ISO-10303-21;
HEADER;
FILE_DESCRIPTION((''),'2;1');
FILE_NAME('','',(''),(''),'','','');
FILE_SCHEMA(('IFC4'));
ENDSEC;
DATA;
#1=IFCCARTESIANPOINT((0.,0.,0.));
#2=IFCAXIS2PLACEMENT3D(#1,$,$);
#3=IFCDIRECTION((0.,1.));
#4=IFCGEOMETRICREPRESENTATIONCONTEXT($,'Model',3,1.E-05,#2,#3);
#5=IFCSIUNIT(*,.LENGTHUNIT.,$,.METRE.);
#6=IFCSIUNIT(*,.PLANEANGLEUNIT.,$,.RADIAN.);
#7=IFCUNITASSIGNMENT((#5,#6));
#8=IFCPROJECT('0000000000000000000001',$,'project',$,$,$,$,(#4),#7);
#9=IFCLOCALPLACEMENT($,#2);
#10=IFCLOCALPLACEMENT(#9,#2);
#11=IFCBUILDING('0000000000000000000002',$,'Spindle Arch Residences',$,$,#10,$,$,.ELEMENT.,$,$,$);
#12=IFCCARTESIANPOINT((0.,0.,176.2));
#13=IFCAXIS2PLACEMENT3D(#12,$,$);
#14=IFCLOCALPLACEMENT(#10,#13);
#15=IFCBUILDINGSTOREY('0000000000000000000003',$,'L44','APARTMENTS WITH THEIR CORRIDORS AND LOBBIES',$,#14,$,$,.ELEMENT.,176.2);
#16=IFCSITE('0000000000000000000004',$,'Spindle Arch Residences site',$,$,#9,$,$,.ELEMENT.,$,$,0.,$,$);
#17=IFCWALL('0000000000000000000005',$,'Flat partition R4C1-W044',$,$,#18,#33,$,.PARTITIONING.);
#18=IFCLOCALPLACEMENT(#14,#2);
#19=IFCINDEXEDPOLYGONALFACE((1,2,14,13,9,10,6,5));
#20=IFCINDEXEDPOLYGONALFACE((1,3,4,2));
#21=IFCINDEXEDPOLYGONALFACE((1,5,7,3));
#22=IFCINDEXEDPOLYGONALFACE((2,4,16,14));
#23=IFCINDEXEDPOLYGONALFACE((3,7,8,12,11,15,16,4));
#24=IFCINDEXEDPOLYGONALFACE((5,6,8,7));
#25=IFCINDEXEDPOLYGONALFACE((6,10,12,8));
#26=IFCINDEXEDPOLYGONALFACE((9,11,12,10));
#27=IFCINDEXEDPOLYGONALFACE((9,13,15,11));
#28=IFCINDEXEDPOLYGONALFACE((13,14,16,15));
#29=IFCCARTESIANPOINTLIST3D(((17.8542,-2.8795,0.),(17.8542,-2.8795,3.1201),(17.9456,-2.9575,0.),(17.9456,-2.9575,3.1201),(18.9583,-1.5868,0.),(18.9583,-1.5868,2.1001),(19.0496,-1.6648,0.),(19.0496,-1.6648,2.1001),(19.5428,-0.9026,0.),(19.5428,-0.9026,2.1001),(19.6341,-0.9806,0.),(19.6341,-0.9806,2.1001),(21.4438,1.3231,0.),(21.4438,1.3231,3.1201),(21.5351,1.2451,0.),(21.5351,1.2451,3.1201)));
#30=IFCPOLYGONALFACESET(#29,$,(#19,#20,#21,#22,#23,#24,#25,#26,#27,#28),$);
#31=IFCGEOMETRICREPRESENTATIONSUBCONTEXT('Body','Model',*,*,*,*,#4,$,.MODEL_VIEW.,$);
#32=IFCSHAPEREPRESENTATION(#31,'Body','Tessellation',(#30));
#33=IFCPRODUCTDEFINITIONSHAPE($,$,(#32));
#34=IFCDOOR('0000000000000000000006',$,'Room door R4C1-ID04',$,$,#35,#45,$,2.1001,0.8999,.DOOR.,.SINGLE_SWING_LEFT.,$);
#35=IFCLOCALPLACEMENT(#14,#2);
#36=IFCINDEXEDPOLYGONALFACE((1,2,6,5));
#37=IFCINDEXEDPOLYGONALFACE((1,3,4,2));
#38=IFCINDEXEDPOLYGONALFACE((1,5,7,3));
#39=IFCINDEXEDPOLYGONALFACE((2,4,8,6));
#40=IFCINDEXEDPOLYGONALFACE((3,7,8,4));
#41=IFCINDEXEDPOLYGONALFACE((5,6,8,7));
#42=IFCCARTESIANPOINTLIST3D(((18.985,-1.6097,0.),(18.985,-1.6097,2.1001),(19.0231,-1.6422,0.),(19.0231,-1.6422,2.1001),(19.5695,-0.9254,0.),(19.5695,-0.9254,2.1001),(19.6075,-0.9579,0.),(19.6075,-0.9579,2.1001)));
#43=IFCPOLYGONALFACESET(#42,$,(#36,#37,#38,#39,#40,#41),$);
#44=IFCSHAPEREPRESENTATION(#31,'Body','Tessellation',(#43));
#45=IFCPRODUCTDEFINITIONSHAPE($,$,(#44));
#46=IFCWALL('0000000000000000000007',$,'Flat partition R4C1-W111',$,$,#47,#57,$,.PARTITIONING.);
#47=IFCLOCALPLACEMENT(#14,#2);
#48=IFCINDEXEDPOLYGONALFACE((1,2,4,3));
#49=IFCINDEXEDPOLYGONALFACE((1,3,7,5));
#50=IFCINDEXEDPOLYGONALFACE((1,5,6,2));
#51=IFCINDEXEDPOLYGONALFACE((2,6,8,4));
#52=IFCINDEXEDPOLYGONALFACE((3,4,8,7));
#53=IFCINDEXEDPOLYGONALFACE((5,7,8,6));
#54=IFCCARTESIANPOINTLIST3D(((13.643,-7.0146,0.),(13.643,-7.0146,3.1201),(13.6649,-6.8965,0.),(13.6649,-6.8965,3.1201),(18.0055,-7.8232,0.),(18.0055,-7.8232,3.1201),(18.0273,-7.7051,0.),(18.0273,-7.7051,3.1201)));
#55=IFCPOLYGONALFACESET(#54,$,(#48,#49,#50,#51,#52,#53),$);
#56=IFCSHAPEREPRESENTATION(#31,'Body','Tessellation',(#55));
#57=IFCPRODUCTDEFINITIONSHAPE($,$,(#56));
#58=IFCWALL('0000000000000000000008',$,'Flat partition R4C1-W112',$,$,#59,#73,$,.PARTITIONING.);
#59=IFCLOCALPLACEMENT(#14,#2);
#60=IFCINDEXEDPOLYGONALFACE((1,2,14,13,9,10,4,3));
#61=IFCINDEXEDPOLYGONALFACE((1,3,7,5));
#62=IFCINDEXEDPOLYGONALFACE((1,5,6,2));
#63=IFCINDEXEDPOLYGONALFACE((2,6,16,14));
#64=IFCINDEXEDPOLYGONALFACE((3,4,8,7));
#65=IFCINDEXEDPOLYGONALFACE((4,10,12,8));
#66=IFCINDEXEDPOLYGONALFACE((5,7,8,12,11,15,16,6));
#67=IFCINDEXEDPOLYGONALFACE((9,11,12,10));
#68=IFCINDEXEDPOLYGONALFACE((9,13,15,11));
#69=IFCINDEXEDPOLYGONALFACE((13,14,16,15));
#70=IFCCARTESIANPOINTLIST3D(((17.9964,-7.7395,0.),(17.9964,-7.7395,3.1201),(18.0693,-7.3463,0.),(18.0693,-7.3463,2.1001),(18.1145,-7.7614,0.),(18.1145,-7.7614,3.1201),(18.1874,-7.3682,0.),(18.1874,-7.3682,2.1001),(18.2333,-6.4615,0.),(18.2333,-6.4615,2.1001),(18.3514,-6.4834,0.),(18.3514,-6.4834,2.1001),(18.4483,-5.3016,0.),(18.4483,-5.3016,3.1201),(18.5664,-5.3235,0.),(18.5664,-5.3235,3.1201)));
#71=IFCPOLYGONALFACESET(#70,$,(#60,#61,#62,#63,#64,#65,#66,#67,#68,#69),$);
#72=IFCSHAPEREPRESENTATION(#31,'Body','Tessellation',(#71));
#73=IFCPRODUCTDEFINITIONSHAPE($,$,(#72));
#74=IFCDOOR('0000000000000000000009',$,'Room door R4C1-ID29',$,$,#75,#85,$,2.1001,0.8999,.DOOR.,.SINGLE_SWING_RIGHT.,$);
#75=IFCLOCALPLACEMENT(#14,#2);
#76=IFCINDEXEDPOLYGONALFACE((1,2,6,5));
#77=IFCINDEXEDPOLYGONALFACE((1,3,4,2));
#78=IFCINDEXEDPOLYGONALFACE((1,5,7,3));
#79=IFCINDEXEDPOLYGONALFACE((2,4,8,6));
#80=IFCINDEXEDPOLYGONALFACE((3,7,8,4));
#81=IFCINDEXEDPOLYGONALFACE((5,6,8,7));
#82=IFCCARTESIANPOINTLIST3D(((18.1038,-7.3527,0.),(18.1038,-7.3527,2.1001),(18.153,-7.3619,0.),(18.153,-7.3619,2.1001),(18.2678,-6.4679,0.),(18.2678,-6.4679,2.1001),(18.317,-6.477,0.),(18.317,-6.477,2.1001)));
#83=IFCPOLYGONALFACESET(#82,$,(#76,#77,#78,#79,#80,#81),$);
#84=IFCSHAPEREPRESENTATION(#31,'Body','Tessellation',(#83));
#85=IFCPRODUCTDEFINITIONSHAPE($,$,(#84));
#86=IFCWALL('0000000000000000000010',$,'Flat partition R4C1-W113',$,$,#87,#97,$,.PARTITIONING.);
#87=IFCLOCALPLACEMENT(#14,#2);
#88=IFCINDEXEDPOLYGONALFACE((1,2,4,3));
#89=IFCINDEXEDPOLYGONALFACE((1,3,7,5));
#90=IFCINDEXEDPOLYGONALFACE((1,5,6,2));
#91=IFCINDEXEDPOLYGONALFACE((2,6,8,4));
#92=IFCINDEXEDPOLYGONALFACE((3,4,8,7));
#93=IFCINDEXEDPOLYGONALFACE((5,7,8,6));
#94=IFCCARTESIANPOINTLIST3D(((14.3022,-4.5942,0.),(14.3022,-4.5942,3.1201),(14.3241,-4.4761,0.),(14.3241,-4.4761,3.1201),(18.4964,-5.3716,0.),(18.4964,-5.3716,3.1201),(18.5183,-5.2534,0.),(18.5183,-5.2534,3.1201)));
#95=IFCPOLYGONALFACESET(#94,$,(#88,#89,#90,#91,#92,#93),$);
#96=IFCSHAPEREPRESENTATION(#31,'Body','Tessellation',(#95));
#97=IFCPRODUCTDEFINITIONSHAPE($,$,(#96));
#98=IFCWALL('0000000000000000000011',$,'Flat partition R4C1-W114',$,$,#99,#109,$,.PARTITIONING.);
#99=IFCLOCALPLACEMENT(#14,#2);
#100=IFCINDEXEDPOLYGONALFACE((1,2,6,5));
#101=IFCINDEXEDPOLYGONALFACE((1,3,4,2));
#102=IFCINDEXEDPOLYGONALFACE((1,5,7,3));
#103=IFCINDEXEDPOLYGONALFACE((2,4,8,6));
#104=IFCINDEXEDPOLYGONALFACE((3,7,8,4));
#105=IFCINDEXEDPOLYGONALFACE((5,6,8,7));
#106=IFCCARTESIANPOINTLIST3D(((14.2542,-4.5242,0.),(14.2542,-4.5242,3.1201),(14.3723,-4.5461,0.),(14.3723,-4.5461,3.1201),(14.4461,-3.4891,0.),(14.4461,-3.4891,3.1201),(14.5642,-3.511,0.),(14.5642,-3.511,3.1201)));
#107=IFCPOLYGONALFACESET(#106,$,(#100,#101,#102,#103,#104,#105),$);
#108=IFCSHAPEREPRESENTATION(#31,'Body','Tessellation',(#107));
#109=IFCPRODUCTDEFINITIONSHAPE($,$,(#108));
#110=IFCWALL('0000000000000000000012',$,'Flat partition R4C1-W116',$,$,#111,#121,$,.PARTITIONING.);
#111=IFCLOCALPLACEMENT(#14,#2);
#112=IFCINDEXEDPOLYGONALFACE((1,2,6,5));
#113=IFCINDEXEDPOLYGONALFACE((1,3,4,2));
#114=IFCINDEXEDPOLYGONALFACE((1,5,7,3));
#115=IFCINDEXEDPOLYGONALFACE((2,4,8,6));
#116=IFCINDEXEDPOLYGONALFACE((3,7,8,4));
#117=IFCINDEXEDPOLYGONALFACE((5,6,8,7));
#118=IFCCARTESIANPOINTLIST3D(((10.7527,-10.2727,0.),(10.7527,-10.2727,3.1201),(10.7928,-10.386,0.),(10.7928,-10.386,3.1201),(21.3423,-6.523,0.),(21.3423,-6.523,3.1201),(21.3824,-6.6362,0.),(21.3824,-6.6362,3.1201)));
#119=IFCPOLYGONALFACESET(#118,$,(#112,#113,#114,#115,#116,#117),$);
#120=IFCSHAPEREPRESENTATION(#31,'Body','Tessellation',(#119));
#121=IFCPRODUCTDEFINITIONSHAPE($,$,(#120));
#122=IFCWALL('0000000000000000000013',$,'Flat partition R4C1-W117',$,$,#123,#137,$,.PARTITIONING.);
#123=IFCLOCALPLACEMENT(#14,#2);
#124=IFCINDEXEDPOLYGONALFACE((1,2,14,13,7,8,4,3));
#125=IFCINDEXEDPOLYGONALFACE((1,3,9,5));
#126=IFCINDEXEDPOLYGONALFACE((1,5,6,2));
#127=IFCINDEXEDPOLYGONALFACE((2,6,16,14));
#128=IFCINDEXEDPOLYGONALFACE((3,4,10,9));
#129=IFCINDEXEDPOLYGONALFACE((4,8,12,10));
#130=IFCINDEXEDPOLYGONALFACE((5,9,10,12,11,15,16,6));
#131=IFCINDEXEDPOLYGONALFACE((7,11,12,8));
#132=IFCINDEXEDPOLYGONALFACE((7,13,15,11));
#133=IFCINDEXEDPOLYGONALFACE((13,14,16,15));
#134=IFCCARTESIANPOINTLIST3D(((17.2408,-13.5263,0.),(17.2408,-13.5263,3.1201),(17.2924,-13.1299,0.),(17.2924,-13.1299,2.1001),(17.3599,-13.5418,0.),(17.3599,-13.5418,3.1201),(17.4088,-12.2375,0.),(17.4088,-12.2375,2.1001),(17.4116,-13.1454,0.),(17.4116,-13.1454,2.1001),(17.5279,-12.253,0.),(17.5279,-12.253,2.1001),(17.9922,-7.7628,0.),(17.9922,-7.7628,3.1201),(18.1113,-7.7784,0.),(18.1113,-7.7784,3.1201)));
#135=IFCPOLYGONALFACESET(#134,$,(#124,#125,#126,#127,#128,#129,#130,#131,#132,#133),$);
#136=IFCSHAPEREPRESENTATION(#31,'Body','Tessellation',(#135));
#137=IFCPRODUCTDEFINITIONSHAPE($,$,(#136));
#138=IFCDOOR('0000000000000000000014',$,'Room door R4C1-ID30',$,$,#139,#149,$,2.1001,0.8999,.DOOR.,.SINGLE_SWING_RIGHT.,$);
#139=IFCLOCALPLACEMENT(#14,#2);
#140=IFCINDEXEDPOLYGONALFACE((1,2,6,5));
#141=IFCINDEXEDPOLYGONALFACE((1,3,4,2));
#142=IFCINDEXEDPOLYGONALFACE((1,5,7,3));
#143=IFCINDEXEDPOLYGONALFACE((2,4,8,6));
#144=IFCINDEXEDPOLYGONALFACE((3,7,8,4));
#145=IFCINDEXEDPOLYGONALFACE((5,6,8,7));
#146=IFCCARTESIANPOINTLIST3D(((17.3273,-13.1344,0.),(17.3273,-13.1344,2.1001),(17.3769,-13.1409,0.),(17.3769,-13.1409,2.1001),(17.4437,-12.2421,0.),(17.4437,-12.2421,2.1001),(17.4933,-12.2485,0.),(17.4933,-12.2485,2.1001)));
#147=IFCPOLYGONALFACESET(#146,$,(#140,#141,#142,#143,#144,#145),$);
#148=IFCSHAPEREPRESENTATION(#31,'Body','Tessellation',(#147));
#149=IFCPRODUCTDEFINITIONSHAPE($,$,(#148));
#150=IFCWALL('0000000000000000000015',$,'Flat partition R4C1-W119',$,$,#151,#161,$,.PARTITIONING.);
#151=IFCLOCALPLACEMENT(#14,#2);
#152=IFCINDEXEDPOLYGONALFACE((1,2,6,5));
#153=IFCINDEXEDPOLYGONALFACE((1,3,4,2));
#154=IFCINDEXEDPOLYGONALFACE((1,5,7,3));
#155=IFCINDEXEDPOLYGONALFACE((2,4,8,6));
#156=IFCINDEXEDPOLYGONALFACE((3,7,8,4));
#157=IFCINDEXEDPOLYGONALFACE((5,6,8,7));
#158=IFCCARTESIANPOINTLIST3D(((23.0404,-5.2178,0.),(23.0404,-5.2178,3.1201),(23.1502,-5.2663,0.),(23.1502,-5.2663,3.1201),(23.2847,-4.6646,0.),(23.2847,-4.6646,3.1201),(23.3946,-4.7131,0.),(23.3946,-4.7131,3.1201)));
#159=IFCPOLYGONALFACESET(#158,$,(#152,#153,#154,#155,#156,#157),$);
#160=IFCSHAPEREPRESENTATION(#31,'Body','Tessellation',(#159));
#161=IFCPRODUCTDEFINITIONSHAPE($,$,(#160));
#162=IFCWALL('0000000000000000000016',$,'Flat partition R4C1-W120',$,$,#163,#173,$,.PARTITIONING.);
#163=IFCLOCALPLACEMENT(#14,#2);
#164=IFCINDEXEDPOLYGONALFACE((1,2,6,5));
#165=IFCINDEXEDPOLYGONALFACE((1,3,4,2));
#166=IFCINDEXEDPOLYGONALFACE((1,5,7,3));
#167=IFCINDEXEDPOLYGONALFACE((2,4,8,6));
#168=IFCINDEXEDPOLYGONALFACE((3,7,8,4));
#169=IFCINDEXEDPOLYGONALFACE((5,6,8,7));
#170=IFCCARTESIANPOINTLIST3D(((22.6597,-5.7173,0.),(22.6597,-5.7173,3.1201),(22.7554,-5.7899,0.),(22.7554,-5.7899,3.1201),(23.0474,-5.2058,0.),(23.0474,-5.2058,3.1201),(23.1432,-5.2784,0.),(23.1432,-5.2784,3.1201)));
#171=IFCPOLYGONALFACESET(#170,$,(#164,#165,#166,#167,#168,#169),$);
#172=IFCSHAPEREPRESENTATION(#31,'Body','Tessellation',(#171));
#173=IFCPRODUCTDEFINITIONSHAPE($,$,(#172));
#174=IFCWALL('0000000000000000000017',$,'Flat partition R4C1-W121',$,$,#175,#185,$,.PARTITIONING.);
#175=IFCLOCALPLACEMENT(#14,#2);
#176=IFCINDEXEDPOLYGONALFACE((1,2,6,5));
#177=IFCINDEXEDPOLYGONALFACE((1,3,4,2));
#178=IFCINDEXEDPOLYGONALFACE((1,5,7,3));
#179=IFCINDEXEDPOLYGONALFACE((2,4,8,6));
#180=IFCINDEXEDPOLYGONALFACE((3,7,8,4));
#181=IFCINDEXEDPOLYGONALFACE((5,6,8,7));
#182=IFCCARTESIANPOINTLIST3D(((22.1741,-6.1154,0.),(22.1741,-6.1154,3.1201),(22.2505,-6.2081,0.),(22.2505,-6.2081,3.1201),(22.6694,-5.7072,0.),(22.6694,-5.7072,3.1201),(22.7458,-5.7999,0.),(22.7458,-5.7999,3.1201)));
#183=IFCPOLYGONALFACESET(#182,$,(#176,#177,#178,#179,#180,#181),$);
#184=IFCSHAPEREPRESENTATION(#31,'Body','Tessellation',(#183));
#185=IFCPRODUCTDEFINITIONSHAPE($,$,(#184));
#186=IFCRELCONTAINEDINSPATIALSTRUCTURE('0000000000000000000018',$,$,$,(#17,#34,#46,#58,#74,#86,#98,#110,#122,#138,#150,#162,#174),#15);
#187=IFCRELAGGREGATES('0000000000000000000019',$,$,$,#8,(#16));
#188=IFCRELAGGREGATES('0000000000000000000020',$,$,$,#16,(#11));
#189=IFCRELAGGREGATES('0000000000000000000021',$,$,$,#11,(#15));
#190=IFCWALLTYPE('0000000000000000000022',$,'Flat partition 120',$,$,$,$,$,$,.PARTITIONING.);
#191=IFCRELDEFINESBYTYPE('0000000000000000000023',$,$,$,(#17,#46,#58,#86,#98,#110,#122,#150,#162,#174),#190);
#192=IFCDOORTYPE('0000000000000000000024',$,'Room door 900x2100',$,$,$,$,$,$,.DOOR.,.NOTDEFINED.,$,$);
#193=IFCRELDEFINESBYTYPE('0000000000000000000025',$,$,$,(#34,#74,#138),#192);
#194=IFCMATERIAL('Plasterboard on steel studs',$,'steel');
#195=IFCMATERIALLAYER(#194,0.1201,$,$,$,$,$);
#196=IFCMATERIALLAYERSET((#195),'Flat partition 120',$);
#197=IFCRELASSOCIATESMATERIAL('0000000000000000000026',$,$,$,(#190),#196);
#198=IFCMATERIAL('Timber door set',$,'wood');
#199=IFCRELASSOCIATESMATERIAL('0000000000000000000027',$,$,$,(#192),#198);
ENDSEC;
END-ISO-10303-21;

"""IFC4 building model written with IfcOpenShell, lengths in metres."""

from ifc_helpers import new_model, si_unit, direction, frame, frame_2d, origin, place, context, subcontext, project, spatial, rectangle, extrude, material, layer, layer_set, type_object, element, fill, save


model = new_model("IFC4")

# Units and contexts
model_context = context("Model", 3, precision=1e-05, world=origin(), true_north=direction((0.0, 1.0)))
body_context = subcontext(model_context, "Body", "Model", "MODEL_VIEW")
ifc_project = project(units=[si_unit("LENGTHUNIT", "METRE"), si_unit("PLANEANGLEUNIT", "RADIAN")], contexts=[model_context])

# Site, building, storey
site_placement = place(None, origin())
site = spatial("IfcSite", under=ifc_project, at=site_placement, Name="Spindle Arch Residences site", CompositionType="ELEMENT", RefElevation=0.0)
building_placement = place(site_placement, origin())
building = spatial("IfcBuilding", under=site, at=building_placement, Name="Spindle Arch Residences", CompositionType="ELEMENT")
storey_placement = place(building_placement, frame((0.0, 0.0, 176.2)))
storey = spatial("IfcBuildingStorey", under=building, at=storey_placement, Name="L44", Description="APARTMENTS WITH THEIR CORRIDORS AND LOBBIES", CompositionType="ELEMENT", Elevation=176.2)

# Wall, opening, door
ifc_material_1 = material(Name="Plasterboard on steel studs", Category="steel")
ifc_layer_1 = layer(ifc_material_1, 0.1201)
ifc_layer_set_1 = layer_set([ifc_layer_1], Name="Flat partition 120")
wall_type_1 = type_object("IfcWallType", Name="Flat partition 120", PredefinedType="PARTITIONING", material=ifc_layer_set_1)
wall_1_placement = place(storey_placement, frame((17.8999, -2.9185, 0.0), z_axis=(0.0, 0.0, 1.0), x_axis=(0.64947, 0.760387, 0.0)))
wall_1 = element("IfcWall", 1, at=wall_1_placement, inside=storey, type_object=wall_type_1, Name="Flat partition R4C1-W044", PredefinedType="PARTITIONING", context=body_context, shape_type="SweptSolid", body=[
    extrude(rectangle(XDim=5.5269, YDim=0.1201, at=frame_2d((2.7634, 0.0))), origin(), (0.0, 0.0, 1.0), 3.1201),
])
opening_1_placement = place(wall_1_placement, frame((1.7, 0.0, 0.0)))
opening_1 = element("IfcOpeningElement", 2, at=opening_1_placement, cuts=wall_1, PredefinedType="OPENING", context=body_context, shape_type="SweptSolid", body=[
    extrude(rectangle(XDim=0.8999, YDim=2.1001, at=frame_2d((0.45, 1.05))), frame((0.0, 0.0701, 0.0), z_axis=(0.0, -1.0, 0.0), x_axis=(1.0, 0.0, 0.0)), (0.0, 0.0, 1.0), 0.1401),
])
ifc_material_2 = material(Name="Timber door set", Category="wood")
door_type = type_object("IfcDoorType", Name="Room door 900x2100", OperationType="NOTDEFINED", PredefinedType="DOOR", material=ifc_material_2)
door_1_placement = place(opening_1_placement, origin())
door_1 = element("IfcDoor", 3, at=door_1_placement, inside=storey, type_object=door_type, Name="Room door R4C1-ID04", OperationType="SINGLE_SWING_LEFT", OverallHeight=2.1001, OverallWidth=0.8999, PredefinedType="DOOR", context=body_context, shape_type="SweptSolid", body=[
    extrude(rectangle(XDim=0.8999, YDim=2.1001, at=frame_2d((0.45, 1.05))), frame((0.0, 0.0249, 0.0), z_axis=(0.0, -1.0, 0.0), x_axis=(1.0, 0.0, 0.0)), (0.0, 0.0, 1.0), 0.05),
])
fill(opening_1, door_1)

# Wall
wall_2_placement = place(storey_placement, frame((13.6541, -6.9556, 0.0), z_axis=(0.0, 0.0, 1.0), x_axis=(0.983253, -0.182245, 0.0)))
element("IfcWall", 4, at=wall_2_placement, inside=storey, type_object=wall_type_1, Name="Flat partition R4C1-W111", PredefinedType="PARTITIONING", context=body_context, shape_type="SweptSolid", body=[
    extrude(rectangle(XDim=4.4368, YDim=0.1201, at=frame_2d((2.2183, 0.0))), origin(), (0.0, 0.0, 1.0), 3.1201),
])

# Wall, opening, door
wall_3_placement = place(storey_placement, frame((18.0554, -7.7505, 0.0), z_axis=(0.0, 0.0, 1.0), x_axis=(0.182255, 0.983251, 0.0)))
wall_3 = element("IfcWall", 5, at=wall_3_placement, inside=storey, type_object=wall_type_1, Name="Flat partition R4C1-W112", PredefinedType="PARTITIONING", context=body_context, shape_type="SweptSolid", body=[
    extrude(rectangle(XDim=2.4795, YDim=0.1201, at=frame_2d((1.2397, 0.0))), origin(), (0.0, 0.0, 1.0), 3.1201),
])
opening_2_placement = place(wall_3_placement, frame((0.3999, 0.0, 0.0)))
opening_2 = element("IfcOpeningElement", 6, at=opening_2_placement, cuts=wall_3, PredefinedType="OPENING", context=body_context, shape_type="SweptSolid", body=[
    extrude(rectangle(XDim=0.8999, YDim=2.1001, at=frame_2d((0.45, 1.05))), frame((0.0, 0.0701, 0.0), z_axis=(0.0, -1.0, 0.0), x_axis=(1.0, 0.0, 0.0)), (0.0, 0.0, 1.0), 0.1401),
])
door_2_placement = place(opening_2_placement, origin())
door_2 = element("IfcDoor", 7, at=door_2_placement, inside=storey, type_object=door_type, Name="Room door R4C1-ID29", OperationType="SINGLE_SWING_RIGHT", OverallHeight=2.1001, OverallWidth=0.8999, PredefinedType="DOOR", context=body_context, shape_type="SweptSolid", body=[
    extrude(rectangle(XDim=0.8999, YDim=2.1001, at=frame_2d((0.45, 1.05))), frame((0.0, 0.0249, 0.0), z_axis=(0.0, -1.0, 0.0), x_axis=(1.0, 0.0, 0.0)), (0.0, 0.0, 1.0), 0.05),
])
fill(opening_2, door_2)

# Walls
wall_4_placement = place(storey_placement, frame((18.5073, -5.3125, 0.0), z_axis=(0.0, 0.0, 1.0), x_axis=(-0.983254, 0.182239, 0.0)))
element("IfcWall", 8, at=wall_4_placement, inside=storey, type_object=wall_type_1, Name="Flat partition R4C1-W113", PredefinedType="PARTITIONING", context=body_context, shape_type="SweptSolid", body=[
    extrude(rectangle(XDim=4.2656, YDim=0.1201, at=frame_2d((2.1328, 0.0))), origin(), (0.0, 0.0, 1.0), 3.1201),
])
wall_5_placement = place(storey_placement, frame((14.3132, -4.5352, 0.0), z_axis=(0.0, 0.0, 1.0), x_axis=(0.182272, 0.983248, 0.0)))
element("IfcWall", 9, at=wall_5_placement, inside=storey, type_object=wall_type_1, Name="Flat partition R4C1-W114", PredefinedType="PARTITIONING", context=body_context, shape_type="SweptSolid", body=[
    extrude(rectangle(XDim=1.0527, YDim=0.1201, at=frame_2d((0.5264, 0.0))), origin(), (0.0, 0.0, 1.0), 3.1201),
])
wall_6_placement = place(storey_placement, frame((21.3623, -6.5796, 0.0), z_axis=(0.0, 0.0, 1.0), x_axis=(-0.942648, -0.33379, 0.0)))
element("IfcWall", 10, at=wall_6_placement, inside=storey, type_object=wall_type_1, Name="Flat partition R4C1-W116", PredefinedType="PARTITIONING", context=body_context, shape_type="SweptSolid", body=[
    extrude(rectangle(XDim=11.2339, YDim=0.1201, at=frame_2d((5.6169, 0.0))), origin(), (0.0, 0.0, 1.0), 3.1201),
])

# Wall, opening, door
wall_7_placement = place(storey_placement, frame((17.3003, -13.5342, 0.0), z_axis=(0.0, 0.0, 1.0), x_axis=(0.129291, 0.991607, 0.0)))
wall_7 = element("IfcWall", 11, at=wall_7_placement, inside=storey, type_object=wall_type_1, Name="Flat partition R4C1-W117", PredefinedType="PARTITIONING", context=body_context, shape_type="SweptSolid", body=[
    extrude(rectangle(XDim=5.8123, YDim=0.1201, at=frame_2d((2.9062, 0.0))), origin(), (0.0, 0.0, 1.0), 3.1201),
])
opening_3_placement = place(wall_7_placement, frame((0.3999, 0.0, 0.0)))
opening_3 = element("IfcOpeningElement", 12, at=opening_3_placement, cuts=wall_7, PredefinedType="OPENING", context=body_context, shape_type="SweptSolid", body=[
    extrude(rectangle(XDim=0.8999, YDim=2.1001, at=frame_2d((0.45, 1.05))), frame((0.0, 0.0701, 0.0), z_axis=(0.0, -1.0, 0.0), x_axis=(1.0, 0.0, 0.0)), (0.0, 0.0, 1.0), 0.1401),
])
door_3_placement = place(opening_3_placement, origin())
door_3 = element("IfcDoor", 13, at=door_3_placement, inside=storey, type_object=door_type, Name="Room door R4C1-ID30", OperationType="SINGLE_SWING_RIGHT", OverallHeight=2.1001, OverallWidth=0.8999, PredefinedType="DOOR", context=body_context, shape_type="SweptSolid", body=[
    extrude(rectangle(XDim=0.8999, YDim=2.1001, at=frame_2d((0.45, 1.05))), frame((0.0, 0.0249, 0.0), z_axis=(0.0, -1.0, 0.0), x_axis=(1.0, 0.0, 0.0)), (0.0, 0.0, 1.0), 0.05),
])
fill(opening_3, door_3)

# Walls
wall_8_placement = place(storey_placement, frame((23.3396, -4.689, 0.0), z_axis=(0.0, 0.0, 1.0), x_axis=(-0.404077, -0.914725, 0.0)))
element("IfcWall", 14, at=wall_8_placement, inside=storey, type_object=wall_type_1, Name="Flat partition R4C1-W119", PredefinedType="PARTITIONING", context=body_context, shape_type="SweptSolid", body=[
    extrude(rectangle(XDim=0.6047, YDim=0.1201, at=frame_2d((0.3022, 0.0))), origin(), (0.0, 0.0, 1.0), 3.1201),
])
for number, where, z_axis, x_axis, name in (
    (15, (23.0952, -5.2422, 0.0), (0.0, 0.0, 1.0), (-0.60407, -0.796931, 0.0), "Flat partition R4C1-W120"),
    (16, (22.7075, -5.7537, 0.0), (0.0, 0.0, 1.0), (-0.771733, -0.635947, 0.0), "Flat partition R4C1-W121"),
):
    element("IfcWall", number, at=place(storey_placement, frame(where, z_axis=z_axis, x_axis=x_axis)), inside=storey, type_object=wall_type_1, Name=name, PredefinedType="PARTITIONING", context=body_context, shape_type="SweptSolid", body=[
        extrude(rectangle(XDim=0.6418, YDim=0.1201, at=frame_2d((0.3208, 0.0))), origin(), (0.0, 0.0, 1.0), 3.1201),
    ])

save(model, "model.ifc")
